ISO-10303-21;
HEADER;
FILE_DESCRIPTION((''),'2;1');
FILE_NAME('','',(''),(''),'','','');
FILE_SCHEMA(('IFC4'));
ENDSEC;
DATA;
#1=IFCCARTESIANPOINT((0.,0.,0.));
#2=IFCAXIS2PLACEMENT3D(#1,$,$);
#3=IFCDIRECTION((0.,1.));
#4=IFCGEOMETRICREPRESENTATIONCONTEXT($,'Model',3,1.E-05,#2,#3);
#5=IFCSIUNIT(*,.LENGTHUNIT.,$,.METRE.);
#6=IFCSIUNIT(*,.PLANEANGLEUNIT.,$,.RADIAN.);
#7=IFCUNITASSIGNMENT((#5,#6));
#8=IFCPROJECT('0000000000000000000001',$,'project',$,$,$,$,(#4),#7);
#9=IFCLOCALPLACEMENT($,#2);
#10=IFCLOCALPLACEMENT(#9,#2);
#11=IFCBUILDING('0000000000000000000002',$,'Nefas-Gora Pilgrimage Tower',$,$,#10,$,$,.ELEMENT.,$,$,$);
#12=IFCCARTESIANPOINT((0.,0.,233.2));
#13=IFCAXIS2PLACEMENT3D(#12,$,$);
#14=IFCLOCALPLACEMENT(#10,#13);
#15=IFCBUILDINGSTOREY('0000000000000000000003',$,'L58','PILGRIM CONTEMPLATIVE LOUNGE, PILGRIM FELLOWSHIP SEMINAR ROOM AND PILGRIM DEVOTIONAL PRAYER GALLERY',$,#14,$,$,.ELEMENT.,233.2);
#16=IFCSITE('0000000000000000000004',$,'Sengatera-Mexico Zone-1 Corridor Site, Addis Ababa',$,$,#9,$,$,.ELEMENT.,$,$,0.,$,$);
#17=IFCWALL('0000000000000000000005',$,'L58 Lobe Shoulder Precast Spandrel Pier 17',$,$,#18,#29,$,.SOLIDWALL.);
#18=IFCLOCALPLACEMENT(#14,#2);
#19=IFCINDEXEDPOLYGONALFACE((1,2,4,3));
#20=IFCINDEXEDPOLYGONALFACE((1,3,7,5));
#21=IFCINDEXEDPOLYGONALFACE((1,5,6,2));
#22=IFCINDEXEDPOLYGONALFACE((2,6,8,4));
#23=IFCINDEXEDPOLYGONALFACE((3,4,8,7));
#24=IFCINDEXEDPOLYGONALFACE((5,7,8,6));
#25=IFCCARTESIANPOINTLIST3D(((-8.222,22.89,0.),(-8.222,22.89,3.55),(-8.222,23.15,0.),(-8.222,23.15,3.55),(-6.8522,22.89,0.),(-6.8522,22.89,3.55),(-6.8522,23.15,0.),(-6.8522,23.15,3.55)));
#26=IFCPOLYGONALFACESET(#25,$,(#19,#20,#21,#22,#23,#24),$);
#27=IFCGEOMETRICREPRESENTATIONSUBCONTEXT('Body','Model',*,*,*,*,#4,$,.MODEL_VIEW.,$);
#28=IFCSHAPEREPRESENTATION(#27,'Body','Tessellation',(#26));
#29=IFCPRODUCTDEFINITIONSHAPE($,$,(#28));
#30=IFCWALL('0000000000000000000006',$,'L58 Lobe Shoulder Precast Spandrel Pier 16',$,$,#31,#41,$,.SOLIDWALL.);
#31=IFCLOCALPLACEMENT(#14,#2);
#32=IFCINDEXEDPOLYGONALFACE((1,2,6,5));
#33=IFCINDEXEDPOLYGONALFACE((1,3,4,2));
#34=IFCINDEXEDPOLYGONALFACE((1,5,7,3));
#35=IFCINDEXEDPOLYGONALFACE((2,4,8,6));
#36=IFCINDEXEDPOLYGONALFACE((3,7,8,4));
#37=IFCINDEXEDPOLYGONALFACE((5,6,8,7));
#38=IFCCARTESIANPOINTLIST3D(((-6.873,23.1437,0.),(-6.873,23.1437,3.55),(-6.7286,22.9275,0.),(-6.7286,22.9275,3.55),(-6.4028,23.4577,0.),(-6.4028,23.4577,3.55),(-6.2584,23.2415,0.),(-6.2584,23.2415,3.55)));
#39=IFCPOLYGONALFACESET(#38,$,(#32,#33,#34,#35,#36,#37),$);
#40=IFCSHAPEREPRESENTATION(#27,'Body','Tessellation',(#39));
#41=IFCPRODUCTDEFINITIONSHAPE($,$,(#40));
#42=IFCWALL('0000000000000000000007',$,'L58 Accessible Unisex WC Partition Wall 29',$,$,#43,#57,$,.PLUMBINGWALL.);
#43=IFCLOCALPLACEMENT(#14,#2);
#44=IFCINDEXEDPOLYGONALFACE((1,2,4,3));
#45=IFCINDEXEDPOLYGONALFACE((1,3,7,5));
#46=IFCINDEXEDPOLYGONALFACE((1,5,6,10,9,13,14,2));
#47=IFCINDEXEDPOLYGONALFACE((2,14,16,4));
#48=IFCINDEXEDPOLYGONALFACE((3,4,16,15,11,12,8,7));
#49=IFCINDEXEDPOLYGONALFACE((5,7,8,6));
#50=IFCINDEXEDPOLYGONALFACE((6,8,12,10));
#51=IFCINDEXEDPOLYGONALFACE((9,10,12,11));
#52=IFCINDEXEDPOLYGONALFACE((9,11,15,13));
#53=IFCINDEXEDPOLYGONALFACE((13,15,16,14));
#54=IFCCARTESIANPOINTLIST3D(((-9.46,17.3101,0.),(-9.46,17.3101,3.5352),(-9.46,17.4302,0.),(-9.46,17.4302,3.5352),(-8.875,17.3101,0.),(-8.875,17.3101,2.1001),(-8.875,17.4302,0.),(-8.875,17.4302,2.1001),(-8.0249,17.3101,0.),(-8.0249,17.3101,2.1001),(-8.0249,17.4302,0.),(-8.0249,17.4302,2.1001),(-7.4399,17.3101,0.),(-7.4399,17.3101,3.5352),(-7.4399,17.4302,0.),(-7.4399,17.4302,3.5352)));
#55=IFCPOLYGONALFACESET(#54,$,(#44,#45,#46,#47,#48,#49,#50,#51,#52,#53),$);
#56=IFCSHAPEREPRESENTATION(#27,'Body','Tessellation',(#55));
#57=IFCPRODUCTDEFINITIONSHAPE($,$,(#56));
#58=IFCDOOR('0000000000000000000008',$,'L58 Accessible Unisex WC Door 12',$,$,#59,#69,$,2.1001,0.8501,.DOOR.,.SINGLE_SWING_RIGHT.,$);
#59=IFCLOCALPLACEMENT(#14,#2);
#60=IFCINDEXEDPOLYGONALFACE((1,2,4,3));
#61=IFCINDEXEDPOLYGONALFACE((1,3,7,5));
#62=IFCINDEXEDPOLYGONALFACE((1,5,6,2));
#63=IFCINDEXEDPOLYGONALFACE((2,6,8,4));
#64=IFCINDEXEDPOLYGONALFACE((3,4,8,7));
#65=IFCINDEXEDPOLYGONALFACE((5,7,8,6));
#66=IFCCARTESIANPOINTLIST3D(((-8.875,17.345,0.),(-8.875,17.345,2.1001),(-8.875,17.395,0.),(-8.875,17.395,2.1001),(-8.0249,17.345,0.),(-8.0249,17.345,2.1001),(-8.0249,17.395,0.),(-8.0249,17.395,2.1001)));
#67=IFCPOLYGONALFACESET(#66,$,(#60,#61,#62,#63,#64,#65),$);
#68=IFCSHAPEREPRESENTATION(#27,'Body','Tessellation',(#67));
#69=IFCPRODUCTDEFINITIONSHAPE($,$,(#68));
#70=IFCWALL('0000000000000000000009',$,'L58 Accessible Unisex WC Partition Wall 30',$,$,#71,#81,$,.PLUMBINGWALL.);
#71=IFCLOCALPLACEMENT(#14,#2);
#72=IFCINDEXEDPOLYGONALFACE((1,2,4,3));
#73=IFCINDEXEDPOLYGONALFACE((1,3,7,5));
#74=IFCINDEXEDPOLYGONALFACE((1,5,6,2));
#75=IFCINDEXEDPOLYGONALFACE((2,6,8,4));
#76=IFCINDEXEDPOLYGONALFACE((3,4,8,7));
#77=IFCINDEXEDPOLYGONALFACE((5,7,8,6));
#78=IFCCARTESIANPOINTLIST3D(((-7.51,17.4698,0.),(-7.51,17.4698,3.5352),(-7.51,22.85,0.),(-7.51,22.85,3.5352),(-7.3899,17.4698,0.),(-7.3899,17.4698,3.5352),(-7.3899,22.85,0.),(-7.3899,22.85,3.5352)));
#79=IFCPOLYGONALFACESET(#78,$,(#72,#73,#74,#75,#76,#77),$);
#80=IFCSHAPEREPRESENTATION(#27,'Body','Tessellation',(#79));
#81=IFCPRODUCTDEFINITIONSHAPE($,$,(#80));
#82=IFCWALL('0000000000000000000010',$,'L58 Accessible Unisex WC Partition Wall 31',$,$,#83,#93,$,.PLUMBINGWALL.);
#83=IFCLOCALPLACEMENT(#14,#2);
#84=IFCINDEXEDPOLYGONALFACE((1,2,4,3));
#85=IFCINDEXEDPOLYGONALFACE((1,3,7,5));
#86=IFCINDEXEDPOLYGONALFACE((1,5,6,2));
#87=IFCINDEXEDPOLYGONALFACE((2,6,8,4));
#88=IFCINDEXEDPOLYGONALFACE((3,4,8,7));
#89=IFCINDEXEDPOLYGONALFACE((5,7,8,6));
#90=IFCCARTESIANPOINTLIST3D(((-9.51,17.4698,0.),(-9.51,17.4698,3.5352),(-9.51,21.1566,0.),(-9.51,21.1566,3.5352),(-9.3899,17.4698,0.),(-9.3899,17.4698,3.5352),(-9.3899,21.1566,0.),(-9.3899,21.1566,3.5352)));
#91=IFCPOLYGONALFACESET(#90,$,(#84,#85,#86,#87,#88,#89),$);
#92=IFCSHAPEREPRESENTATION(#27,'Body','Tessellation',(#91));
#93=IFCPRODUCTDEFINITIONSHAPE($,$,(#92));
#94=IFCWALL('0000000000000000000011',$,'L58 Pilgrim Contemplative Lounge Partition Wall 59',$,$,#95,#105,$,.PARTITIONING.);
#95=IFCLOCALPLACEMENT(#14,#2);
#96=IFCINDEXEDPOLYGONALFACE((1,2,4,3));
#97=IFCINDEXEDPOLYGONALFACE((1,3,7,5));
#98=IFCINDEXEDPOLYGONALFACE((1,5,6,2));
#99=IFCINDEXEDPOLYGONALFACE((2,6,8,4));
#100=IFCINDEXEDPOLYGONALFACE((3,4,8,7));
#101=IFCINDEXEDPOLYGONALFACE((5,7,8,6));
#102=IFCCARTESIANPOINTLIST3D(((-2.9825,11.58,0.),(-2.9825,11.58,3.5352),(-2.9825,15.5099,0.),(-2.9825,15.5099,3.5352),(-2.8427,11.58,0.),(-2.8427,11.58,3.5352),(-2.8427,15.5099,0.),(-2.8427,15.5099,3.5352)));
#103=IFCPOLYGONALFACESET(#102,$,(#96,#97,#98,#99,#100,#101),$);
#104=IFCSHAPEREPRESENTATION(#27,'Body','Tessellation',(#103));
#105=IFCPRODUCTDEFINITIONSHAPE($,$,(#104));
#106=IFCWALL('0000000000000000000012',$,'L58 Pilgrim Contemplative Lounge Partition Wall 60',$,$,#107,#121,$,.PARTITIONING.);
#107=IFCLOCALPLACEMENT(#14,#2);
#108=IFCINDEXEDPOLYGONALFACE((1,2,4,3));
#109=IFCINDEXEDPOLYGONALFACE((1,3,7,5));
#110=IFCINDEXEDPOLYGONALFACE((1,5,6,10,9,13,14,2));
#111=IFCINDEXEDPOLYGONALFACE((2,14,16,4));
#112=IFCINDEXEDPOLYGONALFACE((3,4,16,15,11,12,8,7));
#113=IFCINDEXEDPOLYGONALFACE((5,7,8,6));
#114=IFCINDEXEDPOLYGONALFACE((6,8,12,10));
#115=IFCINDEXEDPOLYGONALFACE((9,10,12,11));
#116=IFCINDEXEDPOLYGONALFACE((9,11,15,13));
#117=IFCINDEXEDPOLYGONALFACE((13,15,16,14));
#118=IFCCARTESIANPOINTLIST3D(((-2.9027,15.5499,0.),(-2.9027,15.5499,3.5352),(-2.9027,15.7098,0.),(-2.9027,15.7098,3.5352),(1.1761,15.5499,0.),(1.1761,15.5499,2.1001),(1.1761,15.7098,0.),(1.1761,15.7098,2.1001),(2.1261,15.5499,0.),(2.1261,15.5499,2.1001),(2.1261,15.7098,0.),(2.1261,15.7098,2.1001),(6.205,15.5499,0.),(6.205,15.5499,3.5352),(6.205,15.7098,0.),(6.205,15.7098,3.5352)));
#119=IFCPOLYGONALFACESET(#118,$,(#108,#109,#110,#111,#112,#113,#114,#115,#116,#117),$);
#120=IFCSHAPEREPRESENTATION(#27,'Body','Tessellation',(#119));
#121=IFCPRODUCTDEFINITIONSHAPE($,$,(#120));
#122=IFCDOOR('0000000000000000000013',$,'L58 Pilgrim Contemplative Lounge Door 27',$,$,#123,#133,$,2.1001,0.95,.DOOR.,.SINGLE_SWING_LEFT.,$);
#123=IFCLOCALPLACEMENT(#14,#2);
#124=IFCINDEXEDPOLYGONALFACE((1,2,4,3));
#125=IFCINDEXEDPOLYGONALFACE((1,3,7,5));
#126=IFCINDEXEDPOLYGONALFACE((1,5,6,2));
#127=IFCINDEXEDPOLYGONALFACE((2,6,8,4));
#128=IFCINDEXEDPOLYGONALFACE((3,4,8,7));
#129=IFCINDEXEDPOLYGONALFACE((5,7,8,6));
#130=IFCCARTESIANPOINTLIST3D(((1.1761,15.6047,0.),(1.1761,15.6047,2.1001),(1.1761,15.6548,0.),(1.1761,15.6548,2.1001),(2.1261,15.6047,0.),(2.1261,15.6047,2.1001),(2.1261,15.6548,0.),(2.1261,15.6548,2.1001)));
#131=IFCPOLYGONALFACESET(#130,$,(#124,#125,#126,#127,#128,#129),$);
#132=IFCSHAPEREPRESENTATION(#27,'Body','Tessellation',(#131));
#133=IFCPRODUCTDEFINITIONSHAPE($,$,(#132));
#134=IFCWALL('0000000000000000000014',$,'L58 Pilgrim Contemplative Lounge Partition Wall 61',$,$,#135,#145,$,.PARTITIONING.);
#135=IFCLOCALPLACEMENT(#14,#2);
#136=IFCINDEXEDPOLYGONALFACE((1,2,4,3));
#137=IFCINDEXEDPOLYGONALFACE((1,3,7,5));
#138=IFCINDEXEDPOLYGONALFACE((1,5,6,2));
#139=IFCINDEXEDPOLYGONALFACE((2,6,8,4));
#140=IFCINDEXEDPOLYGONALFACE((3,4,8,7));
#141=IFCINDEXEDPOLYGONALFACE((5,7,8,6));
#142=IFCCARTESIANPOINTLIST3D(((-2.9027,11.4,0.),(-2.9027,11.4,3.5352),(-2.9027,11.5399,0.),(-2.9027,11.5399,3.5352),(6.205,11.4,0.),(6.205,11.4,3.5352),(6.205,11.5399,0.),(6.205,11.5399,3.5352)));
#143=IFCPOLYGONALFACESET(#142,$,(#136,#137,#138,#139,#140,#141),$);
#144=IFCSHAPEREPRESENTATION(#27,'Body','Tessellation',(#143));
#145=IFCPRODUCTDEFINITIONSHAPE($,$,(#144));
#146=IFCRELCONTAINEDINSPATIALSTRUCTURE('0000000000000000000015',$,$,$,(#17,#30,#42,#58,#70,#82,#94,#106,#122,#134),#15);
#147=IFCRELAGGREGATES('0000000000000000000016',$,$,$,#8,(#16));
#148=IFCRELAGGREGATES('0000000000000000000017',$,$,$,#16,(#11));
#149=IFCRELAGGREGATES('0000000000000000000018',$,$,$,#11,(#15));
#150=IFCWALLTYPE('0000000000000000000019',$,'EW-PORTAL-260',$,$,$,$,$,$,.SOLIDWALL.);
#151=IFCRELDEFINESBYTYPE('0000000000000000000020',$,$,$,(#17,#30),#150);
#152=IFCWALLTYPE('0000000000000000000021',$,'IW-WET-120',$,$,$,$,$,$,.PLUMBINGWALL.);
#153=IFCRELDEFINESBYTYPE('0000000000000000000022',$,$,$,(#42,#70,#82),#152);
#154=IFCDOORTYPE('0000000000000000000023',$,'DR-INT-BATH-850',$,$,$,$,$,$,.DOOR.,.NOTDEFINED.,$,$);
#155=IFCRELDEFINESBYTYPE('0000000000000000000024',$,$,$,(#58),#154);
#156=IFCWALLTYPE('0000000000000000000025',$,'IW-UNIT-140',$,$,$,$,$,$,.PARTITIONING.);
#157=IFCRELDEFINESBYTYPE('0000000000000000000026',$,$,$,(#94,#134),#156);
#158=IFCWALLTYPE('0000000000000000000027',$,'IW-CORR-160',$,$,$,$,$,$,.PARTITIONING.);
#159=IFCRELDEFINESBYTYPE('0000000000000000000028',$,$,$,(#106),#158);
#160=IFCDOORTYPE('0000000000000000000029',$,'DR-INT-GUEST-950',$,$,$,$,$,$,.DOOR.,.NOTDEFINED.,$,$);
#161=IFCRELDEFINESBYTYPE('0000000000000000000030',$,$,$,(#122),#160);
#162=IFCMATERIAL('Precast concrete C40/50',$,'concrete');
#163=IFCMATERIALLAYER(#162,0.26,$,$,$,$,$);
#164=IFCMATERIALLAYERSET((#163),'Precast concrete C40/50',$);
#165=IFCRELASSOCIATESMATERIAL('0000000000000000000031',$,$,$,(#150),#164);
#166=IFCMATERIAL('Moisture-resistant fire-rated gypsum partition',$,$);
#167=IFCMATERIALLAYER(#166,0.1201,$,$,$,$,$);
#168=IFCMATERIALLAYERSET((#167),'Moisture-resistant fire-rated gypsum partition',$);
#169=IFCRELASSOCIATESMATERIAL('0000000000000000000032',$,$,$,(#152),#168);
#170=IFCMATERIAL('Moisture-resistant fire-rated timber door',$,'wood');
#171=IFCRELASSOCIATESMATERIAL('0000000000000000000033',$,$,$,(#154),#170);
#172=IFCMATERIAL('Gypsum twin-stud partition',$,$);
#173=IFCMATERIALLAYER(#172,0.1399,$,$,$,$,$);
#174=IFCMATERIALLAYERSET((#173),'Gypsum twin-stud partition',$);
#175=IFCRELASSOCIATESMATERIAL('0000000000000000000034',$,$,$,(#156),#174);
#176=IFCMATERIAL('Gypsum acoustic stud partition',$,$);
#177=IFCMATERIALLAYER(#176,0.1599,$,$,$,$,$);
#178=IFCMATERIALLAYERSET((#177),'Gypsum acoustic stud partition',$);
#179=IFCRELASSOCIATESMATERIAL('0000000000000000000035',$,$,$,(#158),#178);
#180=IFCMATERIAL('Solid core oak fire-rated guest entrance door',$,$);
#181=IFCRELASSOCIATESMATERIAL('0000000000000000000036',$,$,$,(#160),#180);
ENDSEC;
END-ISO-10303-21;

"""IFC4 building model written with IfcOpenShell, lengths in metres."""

from ifc_helpers import new_model, si_unit, direction, frame, frame_2d, origin, place, context, subcontext, project, spatial, rectangle, extrude, source, transform, mapped, material, layer, layer_set, type_object, element, fill, save


model = new_model("IFC4")

# Units and contexts
model_context = context("Model", 3, precision=1e-05, world=origin(), true_north=direction((0.0, 1.0)))
body_context = subcontext(model_context, "Body", "Model", "MODEL_VIEW")
ifc_project = project(units=[si_unit("LENGTHUNIT", "METRE"), si_unit("PLANEANGLEUNIT", "RADIAN")], contexts=[model_context])

# Site, building, storey
site_placement = place(None, origin())
site = spatial("IfcSite", under=ifc_project, at=site_placement, Name="Sengatera-Mexico Zone-1 Corridor Site, Addis Ababa", CompositionType="ELEMENT", RefElevation=0.0)
building_placement = place(site_placement, origin())
building = spatial("IfcBuilding", under=site, at=building_placement, Name="Nefas-Gora Pilgrimage Tower", CompositionType="ELEMENT")
storey_placement = place(building_placement, frame((0.0, 0.0, 233.2)))
storey = spatial("IfcBuildingStorey", under=building, at=storey_placement, Name="L58", Description="PILGRIM CONTEMPLATIVE LOUNGE, PILGRIM FELLOWSHIP SEMINAR ROOM AND PILGRIM DEVOTIONAL PRAYER GALLERY", CompositionType="ELEMENT", Elevation=233.2)

# Walls
ifc_material_1 = material(Name="Precast concrete C40/50", Category="concrete")
ifc_layer_1 = layer(ifc_material_1, 0.26)
ifc_layer_set_1 = layer_set([ifc_layer_1], Name="Precast concrete C40/50")
wall_type_1 = type_object("IfcWallType", Name="EW-PORTAL-260", PredefinedType="SOLIDWALL", material=ifc_layer_set_1)
shared_shape_1 = source(origin(), body_context, "Body", "SweptSolid", [
    extrude(rectangle(XDim=1.3699, YDim=0.26, at=frame_2d((0.6851, 0.0))), origin(), (0.0, 0.0, 1.0), 3.55),
])
wall_1_placement = place(storey_placement, frame((-6.8521, 23.02, 0.0), z_axis=(0.0, 0.0, 1.0), x_axis=(-1.0, 0.0, 0.0)))
element("IfcWall", 1, at=wall_1_placement, inside=storey, type_object=wall_type_1, Name="L58 Lobe Shoulder Precast Spandrel Pier 17", PredefinedType="SOLIDWALL", context=body_context, shape_type="MappedRepresentation", body=[
    mapped(shared_shape_1, transform((0.0, 0.0, 0.0), x_axis=(1.0, 0.0, 0.0), y_axis=(0.0, 1.0, 0.0), z_axis=(0.0, 0.0, 1.0), scale=1.0)),
])
shared_shape_2 = source(origin(), body_context, "Body", "SweptSolid", [
    extrude(rectangle(XDim=0.5654, YDim=0.26, at=frame_2d((0.2827, 0.0))), origin(), (0.0, 0.0, 1.0), 3.55),
])
wall_2_placement = place(storey_placement, frame((-6.3306, 23.3496, 0.0), z_axis=(0.0, 0.0, 1.0), x_axis=(-0.831651, -0.555298, 0.0)))
element("IfcWall", 2, at=wall_2_placement, inside=storey, type_object=wall_type_1, Name="L58 Lobe Shoulder Precast Spandrel Pier 16", PredefinedType="SOLIDWALL", context=body_context, shape_type="MappedRepresentation", body=[
    mapped(shared_shape_2, transform((0.0, 0.0, 0.0), x_axis=(1.0, 0.0, 0.0), y_axis=(0.0, 1.0, 0.0), z_axis=(0.0, 0.0, 1.0), scale=1.0)),
])

# Wall, opening, door
ifc_material_2 = material(Name="Moisture-resistant fire-rated gypsum partition")
ifc_layer_2 = layer(ifc_material_2, 0.1201)
ifc_layer_set_2 = layer_set([ifc_layer_2], Name="Moisture-resistant fire-rated gypsum partition")
wall_type_2 = type_object("IfcWallType", Name="IW-WET-120", PredefinedType="PLUMBINGWALL", material=ifc_layer_set_2)
shared_shape_3 = source(origin(), body_context, "Body", "SweptSolid", [
    extrude(rectangle(XDim=2.02, YDim=0.1201, at=frame_2d((1.01, 0.0))), origin(), (0.0, 0.0, 1.0), 3.5352),
])
wall_3_placement = place(storey_placement, frame((-9.46, 17.3701, 0.0), z_axis=(0.0, 0.0, 1.0), x_axis=(1.0, 0.0, 0.0)))
wall_3 = element("IfcWall", 3, at=wall_3_placement, inside=storey, type_object=wall_type_2, Name="L58 Accessible Unisex WC Partition Wall 29", PredefinedType="PLUMBINGWALL", context=body_context, shape_type="MappedRepresentation", body=[
    mapped(shared_shape_3, transform((0.0, 0.0, 0.0), x_axis=(1.0, 0.0, 0.0), y_axis=(0.0, 1.0, 0.0), z_axis=(0.0, 0.0, 1.0), scale=1.0)),
])
opening_1_placement = place(wall_3_placement, frame((0.585, 0.0, 0.0)))
opening_1 = element("IfcOpeningElement", 4, at=opening_1_placement, cuts=wall_3, PredefinedType="OPENING", context=body_context, shape_type="SweptSolid", body=[
    extrude(rectangle(XDim=0.8501, YDim=2.1001, at=frame_2d((0.425, 1.05))), frame((0.0, 0.0701, 0.0), z_axis=(0.0, -1.0, 0.0), x_axis=(1.0, 0.0, 0.0)), (0.0, 0.0, 1.0), 0.1401),
])
ifc_material_3 = material(Name="Moisture-resistant fire-rated timber door", Category="wood")
door_type_1 = type_object("IfcDoorType", Name="DR-INT-BATH-850", OperationType="NOTDEFINED", PredefinedType="DOOR", material=ifc_material_3)
shared_shape_4 = source(origin(), body_context, "Body", "SweptSolid", [
    extrude(rectangle(XDim=0.8501, YDim=2.1001, at=frame_2d((0.425, 1.05))), frame((0.0, 0.0249, 0.0), z_axis=(0.0, -1.0, 0.0), x_axis=(1.0, 0.0, 0.0)), (0.0, 0.0, 1.0), 0.05),
])
door_1_placement = place(opening_1_placement, origin())
door_1 = element("IfcDoor", 5, at=door_1_placement, inside=storey, type_object=door_type_1, Name="L58 Accessible Unisex WC Door 12", OperationType="SINGLE_SWING_RIGHT", OverallHeight=2.1001, OverallWidth=0.8501, PredefinedType="DOOR", context=body_context, shape_type="MappedRepresentation", body=[
    mapped(shared_shape_4, transform((0.0, 0.0, 0.0), x_axis=(1.0, 0.0, 0.0), y_axis=(0.0, 1.0, 0.0), z_axis=(0.0, 0.0, 1.0), scale=1.0)),
])
fill(opening_1, door_1)

# Walls
shared_shape_5 = source(origin(), body_context, "Body", "SweptSolid", [
    extrude(rectangle(XDim=5.3801, YDim=0.1201, at=frame_2d((2.6899, 0.0))), origin(), (0.0, 0.0, 1.0), 3.5352),
])
wall_4_placement = place(storey_placement, frame((-7.45, 17.47, 0.0), z_axis=(0.0, 0.0, 1.0), x_axis=(0.0, 1.0, 0.0)))
element("IfcWall", 6, at=wall_4_placement, inside=storey, type_object=wall_type_2, Name="L58 Accessible Unisex WC Partition Wall 30", PredefinedType="PLUMBINGWALL", context=body_context, shape_type="MappedRepresentation", body=[
    mapped(shared_shape_5, transform((0.0, 0.0, 0.0), x_axis=(1.0, 0.0, 0.0), y_axis=(0.0, 1.0, 0.0), z_axis=(0.0, 0.0, 1.0), scale=1.0)),
])
shared_shape_6 = source(origin(), body_context, "Body", "SweptSolid", [
    extrude(rectangle(XDim=3.6868, YDim=0.1201, at=frame_2d((1.8433, 0.0))), origin(), (0.0, 0.0, 1.0), 3.5352),
])
wall_5_placement = place(storey_placement, frame((-9.45, 17.47, 0.0), z_axis=(0.0, 0.0, 1.0), x_axis=(0.0, 1.0, 0.0)))
element("IfcWall", 7, at=wall_5_placement, inside=storey, type_object=wall_type_2, Name="L58 Accessible Unisex WC Partition Wall 31", PredefinedType="PLUMBINGWALL", context=body_context, shape_type="MappedRepresentation", body=[
    mapped(shared_shape_6, transform((0.0, 0.0, 0.0), x_axis=(1.0, 0.0, 0.0), y_axis=(0.0, 1.0, 0.0), z_axis=(0.0, 0.0, 1.0), scale=1.0)),
])
ifc_material_4 = material(Name="Gypsum twin-stud partition")
ifc_layer_3 = layer(ifc_material_4, 0.1399)
ifc_layer_set_3 = layer_set([ifc_layer_3], Name="Gypsum twin-stud partition")
wall_type_3 = type_object("IfcWallType", Name="IW-UNIT-140", PredefinedType="PARTITIONING", material=ifc_layer_set_3)
shared_shape_7 = source(origin(), body_context, "Body", "SweptSolid", [
    extrude(rectangle(XDim=3.9299, YDim=0.1399, at=frame_2d((1.9648, 0.0))), origin(), (0.0, 0.0, 1.0), 3.5352),
])
wall_6_placement = place(storey_placement, frame((-2.9126, 11.5801, 0.0), z_axis=(0.0, 0.0, 1.0), x_axis=(0.0, 1.0, 0.0)))
element("IfcWall", 8, at=wall_6_placement, inside=storey, type_object=wall_type_3, Name="L58 Pilgrim Contemplative Lounge Partition Wall 59", PredefinedType="PARTITIONING", context=body_context, shape_type="MappedRepresentation", body=[
    mapped(shared_shape_7, transform((0.0, 0.0, 0.0), x_axis=(1.0, 0.0, 0.0), y_axis=(0.0, 1.0, 0.0), z_axis=(0.0, 0.0, 1.0), scale=1.0)),
])

# Wall, opening, door
ifc_material_5 = material(Name="Gypsum acoustic stud partition")
ifc_layer_4 = layer(ifc_material_5, 0.1599)
ifc_layer_set_4 = layer_set([ifc_layer_4], Name="Gypsum acoustic stud partition")
wall_type_4 = type_object("IfcWallType", Name="IW-CORR-160", PredefinedType="PARTITIONING", material=ifc_layer_set_4)
shared_shape_8 = source(origin(), body_context, "Body", "SweptSolid", [
    extrude(rectangle(XDim=9.1077, YDim=0.1599, at=frame_2d((4.5537, 0.0))), origin(), (0.0, 0.0, 1.0), 3.5352),
])
wall_7_placement = place(storey_placement, frame((-2.9026, 15.6299, 0.0), z_axis=(0.0, 0.0, 1.0), x_axis=(1.0, 0.0, 0.0)))
wall_7 = element("IfcWall", 9, at=wall_7_placement, inside=storey, type_object=wall_type_4, Name="L58 Pilgrim Contemplative Lounge Partition Wall 60", PredefinedType="PARTITIONING", context=body_context, shape_type="MappedRepresentation", body=[
    mapped(shared_shape_8, transform((0.0, 0.0, 0.0), x_axis=(1.0, 0.0, 0.0), y_axis=(0.0, 1.0, 0.0), z_axis=(0.0, 0.0, 1.0), scale=1.0)),
])
opening_2_placement = place(wall_7_placement, frame((4.0786, 0.0, 0.0)))
opening_2 = element("IfcOpeningElement", 10, at=opening_2_placement, cuts=wall_7, PredefinedType="OPENING", context=body_context, shape_type="SweptSolid", body=[
    extrude(rectangle(XDim=0.95, YDim=2.1001, at=frame_2d((0.4751, 1.05))), frame((0.0, 0.0898, 0.0), z_axis=(0.0, -1.0, 0.0), x_axis=(1.0, 0.0, 0.0)), (0.0, 0.0, 1.0), 0.1799),
])
ifc_material_6 = material(Name="Solid core oak fire-rated guest entrance door")
door_type_2 = type_object("IfcDoorType", Name="DR-INT-GUEST-950", OperationType="NOTDEFINED", PredefinedType="DOOR", material=ifc_material_6)
shared_shape_9 = source(origin(), body_context, "Body", "SweptSolid", [
    extrude(rectangle(XDim=0.95, YDim=2.1001, at=frame_2d((0.4751, 1.05))), frame((0.0, 0.0249, 0.0), z_axis=(0.0, -1.0, 0.0), x_axis=(1.0, 0.0, 0.0)), (0.0, 0.0, 1.0), 0.05),
])
door_2_placement = place(opening_2_placement, origin())
door_2 = element("IfcDoor", 11, at=door_2_placement, inside=storey, type_object=door_type_2, Name="L58 Pilgrim Contemplative Lounge Door 27", OperationType="SINGLE_SWING_LEFT", OverallHeight=2.1001, OverallWidth=0.95, PredefinedType="DOOR", context=body_context, shape_type="MappedRepresentation", body=[
    mapped(shared_shape_9, transform((0.0, 0.0, 0.0), x_axis=(1.0, 0.0, 0.0), y_axis=(0.0, 1.0, 0.0), z_axis=(0.0, 0.0, 1.0), scale=1.0)),
])
fill(opening_2, door_2)

# Wall
shared_shape_10 = source(origin(), body_context, "Body", "SweptSolid", [
    extrude(rectangle(XDim=9.1077, YDim=0.1399, at=frame_2d((4.5537, 0.0))), origin(), (0.0, 0.0, 1.0), 3.5352),
])
wall_8_placement = place(storey_placement, frame((-2.9026, 11.47, 0.0), z_axis=(0.0, 0.0, 1.0), x_axis=(1.0, 0.0, 0.0)))
element("IfcWall", 12, at=wall_8_placement, inside=storey, type_object=wall_type_3, Name="L58 Pilgrim Contemplative Lounge Partition Wall 61", PredefinedType="PARTITIONING", context=body_context, shape_type="MappedRepresentation", body=[
    mapped(shared_shape_10, transform((0.0, 0.0, 0.0), x_axis=(1.0, 0.0, 0.0), y_axis=(0.0, 1.0, 0.0), z_axis=(0.0, 0.0, 1.0), scale=1.0)),
])

save(model, "model.ifc")
